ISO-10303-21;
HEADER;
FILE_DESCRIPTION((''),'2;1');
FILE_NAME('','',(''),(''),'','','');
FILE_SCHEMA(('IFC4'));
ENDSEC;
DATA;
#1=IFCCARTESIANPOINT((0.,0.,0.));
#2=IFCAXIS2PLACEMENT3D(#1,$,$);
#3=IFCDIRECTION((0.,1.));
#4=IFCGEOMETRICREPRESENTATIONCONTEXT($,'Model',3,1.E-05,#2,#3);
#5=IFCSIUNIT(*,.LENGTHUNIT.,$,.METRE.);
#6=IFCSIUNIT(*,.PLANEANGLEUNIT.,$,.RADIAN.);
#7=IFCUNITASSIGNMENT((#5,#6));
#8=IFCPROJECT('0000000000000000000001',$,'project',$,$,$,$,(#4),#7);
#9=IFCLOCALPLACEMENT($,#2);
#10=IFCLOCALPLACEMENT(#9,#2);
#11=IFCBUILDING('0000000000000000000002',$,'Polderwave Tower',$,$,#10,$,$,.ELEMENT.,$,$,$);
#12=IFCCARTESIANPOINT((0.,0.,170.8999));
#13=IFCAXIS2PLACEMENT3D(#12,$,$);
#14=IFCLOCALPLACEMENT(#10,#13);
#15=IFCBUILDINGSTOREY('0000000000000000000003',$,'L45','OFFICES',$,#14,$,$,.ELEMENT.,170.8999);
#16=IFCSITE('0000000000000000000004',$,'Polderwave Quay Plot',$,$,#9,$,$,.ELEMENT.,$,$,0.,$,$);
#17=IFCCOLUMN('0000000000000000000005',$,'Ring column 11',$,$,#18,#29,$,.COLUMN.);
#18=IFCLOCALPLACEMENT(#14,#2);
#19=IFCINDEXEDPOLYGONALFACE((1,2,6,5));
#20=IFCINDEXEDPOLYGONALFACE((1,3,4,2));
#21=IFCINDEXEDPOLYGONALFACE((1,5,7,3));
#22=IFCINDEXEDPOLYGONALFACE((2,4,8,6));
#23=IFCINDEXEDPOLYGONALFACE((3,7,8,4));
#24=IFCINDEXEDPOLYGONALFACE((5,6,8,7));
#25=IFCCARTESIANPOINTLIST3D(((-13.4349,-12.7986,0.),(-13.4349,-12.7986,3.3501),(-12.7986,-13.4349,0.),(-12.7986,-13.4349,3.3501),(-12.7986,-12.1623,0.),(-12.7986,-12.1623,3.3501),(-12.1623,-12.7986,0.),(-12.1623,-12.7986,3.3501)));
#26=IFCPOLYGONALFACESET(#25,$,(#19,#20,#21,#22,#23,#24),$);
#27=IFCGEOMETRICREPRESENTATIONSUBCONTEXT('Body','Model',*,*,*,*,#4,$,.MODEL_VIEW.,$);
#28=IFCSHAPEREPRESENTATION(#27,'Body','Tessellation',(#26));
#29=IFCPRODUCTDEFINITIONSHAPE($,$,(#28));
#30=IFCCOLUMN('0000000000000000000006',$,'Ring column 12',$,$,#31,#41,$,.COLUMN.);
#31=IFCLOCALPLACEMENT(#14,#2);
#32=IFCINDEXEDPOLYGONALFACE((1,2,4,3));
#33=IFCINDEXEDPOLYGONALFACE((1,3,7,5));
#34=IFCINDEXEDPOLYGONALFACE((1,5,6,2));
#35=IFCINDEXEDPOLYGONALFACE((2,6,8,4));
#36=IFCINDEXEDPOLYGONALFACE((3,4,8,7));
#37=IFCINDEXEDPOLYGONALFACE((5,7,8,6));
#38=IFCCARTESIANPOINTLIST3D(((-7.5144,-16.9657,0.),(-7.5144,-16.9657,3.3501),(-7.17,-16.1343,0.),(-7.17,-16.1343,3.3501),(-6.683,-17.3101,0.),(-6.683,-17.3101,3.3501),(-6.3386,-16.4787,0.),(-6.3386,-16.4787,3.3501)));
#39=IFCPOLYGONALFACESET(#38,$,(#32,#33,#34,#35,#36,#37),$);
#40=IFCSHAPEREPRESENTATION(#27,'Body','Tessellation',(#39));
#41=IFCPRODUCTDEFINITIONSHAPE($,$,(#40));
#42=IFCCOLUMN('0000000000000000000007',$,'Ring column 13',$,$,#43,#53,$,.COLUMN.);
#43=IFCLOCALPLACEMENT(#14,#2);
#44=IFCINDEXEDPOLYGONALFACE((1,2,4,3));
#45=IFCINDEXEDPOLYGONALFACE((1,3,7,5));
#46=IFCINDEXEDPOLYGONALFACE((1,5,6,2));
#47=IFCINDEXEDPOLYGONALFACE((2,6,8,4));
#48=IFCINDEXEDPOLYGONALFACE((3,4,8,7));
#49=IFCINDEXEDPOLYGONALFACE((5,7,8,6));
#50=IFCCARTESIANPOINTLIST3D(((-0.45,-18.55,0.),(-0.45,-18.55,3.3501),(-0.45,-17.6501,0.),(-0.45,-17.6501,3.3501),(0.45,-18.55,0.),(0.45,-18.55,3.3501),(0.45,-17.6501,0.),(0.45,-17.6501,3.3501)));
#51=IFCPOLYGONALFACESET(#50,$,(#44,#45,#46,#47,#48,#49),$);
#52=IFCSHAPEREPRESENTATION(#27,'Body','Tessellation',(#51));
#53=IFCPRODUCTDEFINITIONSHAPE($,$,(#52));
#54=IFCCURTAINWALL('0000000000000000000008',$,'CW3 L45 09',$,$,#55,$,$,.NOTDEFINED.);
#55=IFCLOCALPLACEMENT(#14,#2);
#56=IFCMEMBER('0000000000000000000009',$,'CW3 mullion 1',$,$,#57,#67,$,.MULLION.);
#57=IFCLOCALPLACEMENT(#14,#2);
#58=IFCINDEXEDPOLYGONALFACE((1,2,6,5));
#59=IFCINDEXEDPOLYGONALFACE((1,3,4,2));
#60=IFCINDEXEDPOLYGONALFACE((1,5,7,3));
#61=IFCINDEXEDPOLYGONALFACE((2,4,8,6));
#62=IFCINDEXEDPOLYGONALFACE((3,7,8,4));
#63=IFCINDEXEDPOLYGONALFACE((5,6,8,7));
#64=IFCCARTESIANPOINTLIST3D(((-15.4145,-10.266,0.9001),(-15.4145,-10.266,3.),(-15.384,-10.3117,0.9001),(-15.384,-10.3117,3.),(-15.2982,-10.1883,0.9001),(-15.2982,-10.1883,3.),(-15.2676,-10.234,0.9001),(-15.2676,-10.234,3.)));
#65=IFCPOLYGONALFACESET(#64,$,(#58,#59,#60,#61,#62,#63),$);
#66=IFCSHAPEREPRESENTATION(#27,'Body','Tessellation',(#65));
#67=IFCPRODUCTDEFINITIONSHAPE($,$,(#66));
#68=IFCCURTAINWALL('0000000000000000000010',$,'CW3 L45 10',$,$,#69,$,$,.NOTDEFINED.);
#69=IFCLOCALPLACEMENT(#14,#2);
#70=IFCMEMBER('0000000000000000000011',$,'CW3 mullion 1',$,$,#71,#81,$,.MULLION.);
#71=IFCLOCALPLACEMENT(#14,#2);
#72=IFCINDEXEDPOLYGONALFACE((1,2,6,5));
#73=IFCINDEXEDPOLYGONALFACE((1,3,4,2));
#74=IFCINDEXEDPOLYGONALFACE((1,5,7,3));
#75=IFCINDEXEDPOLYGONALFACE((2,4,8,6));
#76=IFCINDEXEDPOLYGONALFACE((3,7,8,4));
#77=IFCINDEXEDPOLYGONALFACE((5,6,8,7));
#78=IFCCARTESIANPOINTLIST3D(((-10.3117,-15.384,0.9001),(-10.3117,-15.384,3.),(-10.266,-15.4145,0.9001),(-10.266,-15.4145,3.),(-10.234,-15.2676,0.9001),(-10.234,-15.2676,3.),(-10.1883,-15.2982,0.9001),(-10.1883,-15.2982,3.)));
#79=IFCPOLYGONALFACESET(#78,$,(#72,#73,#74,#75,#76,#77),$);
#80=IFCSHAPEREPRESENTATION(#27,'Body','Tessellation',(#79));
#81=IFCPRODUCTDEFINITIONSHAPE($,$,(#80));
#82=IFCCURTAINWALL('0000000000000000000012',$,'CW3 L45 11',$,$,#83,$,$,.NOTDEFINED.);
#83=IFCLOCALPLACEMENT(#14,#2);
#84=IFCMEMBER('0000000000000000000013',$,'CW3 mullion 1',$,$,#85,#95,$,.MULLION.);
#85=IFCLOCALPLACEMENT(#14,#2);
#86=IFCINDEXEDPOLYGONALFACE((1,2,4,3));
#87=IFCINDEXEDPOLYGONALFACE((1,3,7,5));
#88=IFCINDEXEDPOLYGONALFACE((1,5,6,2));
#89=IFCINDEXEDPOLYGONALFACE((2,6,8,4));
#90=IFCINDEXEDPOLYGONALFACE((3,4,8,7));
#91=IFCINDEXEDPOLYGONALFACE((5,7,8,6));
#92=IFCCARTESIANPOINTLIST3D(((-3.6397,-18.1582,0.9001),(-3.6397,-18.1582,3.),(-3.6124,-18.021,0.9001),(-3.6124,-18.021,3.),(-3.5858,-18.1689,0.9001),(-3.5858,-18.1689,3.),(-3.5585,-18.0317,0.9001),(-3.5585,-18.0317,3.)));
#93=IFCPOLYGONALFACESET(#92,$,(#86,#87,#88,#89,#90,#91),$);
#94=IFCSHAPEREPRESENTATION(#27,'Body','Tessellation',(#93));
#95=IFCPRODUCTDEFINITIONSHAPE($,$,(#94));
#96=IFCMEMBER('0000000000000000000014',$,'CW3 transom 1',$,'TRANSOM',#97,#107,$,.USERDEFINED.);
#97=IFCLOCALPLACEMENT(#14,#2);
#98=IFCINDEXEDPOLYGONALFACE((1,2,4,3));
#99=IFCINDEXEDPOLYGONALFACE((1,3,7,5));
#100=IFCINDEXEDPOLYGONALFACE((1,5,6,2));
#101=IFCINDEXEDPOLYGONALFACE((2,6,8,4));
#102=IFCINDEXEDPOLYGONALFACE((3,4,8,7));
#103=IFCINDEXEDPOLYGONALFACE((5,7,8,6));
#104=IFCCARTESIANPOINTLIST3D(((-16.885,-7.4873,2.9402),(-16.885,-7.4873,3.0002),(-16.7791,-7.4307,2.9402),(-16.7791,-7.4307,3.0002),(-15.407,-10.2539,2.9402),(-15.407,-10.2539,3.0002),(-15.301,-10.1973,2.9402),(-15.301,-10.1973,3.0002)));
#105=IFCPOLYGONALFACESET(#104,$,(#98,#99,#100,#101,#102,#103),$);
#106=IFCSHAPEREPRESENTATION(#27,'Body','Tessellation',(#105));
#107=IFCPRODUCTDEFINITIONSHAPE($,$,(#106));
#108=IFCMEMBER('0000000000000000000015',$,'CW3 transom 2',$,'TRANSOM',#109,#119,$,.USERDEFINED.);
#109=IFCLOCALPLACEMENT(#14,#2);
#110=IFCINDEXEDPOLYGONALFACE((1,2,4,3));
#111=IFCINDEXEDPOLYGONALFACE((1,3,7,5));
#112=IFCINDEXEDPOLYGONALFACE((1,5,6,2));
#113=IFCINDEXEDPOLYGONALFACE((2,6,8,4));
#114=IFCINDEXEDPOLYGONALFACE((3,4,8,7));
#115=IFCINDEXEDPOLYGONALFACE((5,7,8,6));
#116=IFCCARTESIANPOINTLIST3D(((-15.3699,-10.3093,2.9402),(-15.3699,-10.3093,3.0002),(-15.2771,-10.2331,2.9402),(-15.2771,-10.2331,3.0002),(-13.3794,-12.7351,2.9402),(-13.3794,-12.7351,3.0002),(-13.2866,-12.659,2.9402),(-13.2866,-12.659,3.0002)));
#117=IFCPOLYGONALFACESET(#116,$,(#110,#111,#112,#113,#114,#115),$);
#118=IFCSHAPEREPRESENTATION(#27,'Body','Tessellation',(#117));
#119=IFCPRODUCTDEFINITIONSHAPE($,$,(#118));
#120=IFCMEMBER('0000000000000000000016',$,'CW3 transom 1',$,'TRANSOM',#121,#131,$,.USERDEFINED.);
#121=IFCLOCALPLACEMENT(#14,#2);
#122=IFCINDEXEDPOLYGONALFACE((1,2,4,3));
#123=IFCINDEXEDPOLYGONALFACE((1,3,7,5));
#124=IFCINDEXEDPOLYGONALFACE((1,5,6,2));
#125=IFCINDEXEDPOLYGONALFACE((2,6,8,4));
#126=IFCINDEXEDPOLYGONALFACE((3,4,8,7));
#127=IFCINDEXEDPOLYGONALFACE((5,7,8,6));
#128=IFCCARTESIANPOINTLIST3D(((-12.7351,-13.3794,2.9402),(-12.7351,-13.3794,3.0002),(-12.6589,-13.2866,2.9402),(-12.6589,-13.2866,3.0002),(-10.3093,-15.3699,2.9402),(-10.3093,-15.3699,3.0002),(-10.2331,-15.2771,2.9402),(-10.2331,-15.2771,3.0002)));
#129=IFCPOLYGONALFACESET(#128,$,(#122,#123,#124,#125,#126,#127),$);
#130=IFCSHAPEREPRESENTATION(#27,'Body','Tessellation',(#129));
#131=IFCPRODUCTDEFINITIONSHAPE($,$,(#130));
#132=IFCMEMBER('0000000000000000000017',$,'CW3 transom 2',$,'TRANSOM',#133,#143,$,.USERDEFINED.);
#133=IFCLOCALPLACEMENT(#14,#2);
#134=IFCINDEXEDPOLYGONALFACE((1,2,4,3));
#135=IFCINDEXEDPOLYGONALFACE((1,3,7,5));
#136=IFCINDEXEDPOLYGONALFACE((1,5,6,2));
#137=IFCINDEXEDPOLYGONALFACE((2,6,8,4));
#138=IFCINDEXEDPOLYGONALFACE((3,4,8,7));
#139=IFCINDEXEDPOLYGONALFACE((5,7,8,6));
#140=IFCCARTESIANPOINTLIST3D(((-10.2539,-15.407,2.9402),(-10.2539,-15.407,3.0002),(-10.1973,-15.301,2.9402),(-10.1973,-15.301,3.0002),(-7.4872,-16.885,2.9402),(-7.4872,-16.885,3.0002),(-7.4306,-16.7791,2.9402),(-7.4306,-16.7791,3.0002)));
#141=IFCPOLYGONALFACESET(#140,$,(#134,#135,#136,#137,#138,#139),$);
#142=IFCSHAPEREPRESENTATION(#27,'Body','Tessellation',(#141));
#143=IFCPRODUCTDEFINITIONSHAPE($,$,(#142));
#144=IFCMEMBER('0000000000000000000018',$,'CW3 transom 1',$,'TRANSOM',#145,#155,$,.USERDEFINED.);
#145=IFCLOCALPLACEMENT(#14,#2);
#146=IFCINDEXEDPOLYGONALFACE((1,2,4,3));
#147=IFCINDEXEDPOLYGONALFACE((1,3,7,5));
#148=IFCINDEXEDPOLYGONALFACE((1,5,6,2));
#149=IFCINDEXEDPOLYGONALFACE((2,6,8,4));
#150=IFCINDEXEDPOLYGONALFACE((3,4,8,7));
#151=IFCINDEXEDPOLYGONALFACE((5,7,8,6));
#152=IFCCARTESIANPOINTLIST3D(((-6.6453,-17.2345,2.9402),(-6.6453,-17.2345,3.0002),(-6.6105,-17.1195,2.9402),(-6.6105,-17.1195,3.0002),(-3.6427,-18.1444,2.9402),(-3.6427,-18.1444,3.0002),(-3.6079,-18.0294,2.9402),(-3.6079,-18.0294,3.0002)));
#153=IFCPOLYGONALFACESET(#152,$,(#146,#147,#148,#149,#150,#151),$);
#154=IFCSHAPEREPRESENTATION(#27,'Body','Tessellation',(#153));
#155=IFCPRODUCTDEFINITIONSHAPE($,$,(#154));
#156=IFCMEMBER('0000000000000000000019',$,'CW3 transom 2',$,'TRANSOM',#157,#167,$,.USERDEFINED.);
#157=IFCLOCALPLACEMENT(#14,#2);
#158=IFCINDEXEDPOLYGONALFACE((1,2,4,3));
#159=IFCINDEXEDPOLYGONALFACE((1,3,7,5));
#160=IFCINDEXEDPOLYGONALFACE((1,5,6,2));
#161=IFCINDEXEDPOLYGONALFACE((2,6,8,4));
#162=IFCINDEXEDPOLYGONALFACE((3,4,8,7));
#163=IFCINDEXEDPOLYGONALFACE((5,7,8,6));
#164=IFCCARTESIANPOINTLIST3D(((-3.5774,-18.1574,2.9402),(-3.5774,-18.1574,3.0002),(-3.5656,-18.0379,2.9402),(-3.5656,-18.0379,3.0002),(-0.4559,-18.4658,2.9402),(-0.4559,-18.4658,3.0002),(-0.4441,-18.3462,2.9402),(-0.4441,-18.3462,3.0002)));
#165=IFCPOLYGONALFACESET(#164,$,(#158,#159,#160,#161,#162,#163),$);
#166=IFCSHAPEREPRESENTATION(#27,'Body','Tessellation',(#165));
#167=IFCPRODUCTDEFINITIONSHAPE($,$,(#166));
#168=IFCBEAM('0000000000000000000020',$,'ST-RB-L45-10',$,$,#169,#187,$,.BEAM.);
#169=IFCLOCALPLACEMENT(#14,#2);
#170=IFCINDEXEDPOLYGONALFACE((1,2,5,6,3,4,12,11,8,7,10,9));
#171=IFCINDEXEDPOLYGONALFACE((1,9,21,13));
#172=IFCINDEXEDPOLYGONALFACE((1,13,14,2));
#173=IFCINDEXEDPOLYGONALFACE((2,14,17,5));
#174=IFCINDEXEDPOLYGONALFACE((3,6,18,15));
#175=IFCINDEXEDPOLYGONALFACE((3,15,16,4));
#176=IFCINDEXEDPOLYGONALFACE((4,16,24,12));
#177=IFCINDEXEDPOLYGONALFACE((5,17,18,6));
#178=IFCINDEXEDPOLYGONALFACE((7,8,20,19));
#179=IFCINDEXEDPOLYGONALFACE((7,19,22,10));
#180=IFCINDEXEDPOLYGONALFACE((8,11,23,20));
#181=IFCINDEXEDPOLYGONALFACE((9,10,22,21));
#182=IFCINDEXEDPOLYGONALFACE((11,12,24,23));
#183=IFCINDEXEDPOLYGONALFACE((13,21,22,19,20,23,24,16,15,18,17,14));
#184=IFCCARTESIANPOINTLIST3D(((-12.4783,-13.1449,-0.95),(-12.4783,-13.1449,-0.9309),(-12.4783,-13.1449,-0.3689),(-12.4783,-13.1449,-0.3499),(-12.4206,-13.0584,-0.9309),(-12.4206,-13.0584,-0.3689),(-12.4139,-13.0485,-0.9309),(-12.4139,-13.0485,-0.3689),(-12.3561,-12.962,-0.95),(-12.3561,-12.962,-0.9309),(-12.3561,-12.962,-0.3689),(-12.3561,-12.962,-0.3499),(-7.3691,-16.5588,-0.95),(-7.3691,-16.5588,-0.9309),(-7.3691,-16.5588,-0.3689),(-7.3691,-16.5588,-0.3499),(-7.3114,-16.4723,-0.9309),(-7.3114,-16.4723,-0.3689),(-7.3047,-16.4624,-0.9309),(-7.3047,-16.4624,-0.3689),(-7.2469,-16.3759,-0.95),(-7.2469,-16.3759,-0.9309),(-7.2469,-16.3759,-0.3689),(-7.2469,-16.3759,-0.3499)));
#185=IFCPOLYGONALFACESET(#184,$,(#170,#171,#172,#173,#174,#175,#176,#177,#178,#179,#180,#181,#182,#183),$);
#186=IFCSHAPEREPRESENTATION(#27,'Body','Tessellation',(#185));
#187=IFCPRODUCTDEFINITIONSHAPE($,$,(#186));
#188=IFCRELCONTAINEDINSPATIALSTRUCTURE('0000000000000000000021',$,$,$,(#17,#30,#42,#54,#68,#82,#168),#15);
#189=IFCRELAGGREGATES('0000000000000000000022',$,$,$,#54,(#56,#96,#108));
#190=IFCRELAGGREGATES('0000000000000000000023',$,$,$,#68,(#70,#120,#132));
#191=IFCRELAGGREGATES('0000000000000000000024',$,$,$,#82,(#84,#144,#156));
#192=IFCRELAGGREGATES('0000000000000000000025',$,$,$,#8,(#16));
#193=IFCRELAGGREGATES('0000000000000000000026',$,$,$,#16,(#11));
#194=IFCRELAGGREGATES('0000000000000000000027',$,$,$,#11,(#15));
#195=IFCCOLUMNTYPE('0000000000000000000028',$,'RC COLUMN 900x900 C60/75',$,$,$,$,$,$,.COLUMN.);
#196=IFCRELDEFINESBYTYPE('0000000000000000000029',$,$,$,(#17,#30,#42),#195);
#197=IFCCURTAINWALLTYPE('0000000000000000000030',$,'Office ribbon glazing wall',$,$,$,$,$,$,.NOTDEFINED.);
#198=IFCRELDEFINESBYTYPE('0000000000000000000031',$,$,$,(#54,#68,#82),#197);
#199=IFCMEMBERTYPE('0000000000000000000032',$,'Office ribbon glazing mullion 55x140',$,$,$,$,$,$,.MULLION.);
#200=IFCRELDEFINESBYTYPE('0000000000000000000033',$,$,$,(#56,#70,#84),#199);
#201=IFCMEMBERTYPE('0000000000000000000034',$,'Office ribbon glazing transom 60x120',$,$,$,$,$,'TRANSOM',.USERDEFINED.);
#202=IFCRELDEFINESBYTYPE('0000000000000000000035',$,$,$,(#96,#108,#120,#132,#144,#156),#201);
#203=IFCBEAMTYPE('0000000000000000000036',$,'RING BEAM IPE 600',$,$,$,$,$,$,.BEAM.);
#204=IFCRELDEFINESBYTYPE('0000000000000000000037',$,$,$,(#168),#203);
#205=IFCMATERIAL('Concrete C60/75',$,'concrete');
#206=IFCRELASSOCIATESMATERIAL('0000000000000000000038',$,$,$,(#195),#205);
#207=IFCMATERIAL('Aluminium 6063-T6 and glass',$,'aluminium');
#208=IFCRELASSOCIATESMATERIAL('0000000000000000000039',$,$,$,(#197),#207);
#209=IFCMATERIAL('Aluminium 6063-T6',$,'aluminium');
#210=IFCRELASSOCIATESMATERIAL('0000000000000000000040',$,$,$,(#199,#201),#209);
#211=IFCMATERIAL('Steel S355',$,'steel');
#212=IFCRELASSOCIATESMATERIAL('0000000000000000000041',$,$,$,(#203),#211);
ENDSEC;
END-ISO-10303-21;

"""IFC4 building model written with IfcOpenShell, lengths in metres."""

from ifc_helpers import new_model, si_unit, direction, frame, origin, origin_2d, place, context, subcontext, project, spatial, rectangle, i_section, extrude, material, material_profile, profile_set, type_object, element, aggregate, save


model = new_model("IFC4")

# Units and contexts
model_context = context("Model", 3, precision=1e-05, world=origin(), true_north=direction((0.0, 1.0)))
body_context = subcontext(model_context, "Body", "Model", "MODEL_VIEW")
ifc_project = project(units=[si_unit("LENGTHUNIT", "METRE"), si_unit("PLANEANGLEUNIT", "RADIAN")], contexts=[model_context])

# Site, building, storey
site_placement = place(None, origin())
site = spatial("IfcSite", under=ifc_project, at=site_placement, Name="Polderwave Quay Plot", CompositionType="ELEMENT", RefElevation=0.0)
building_placement = place(site_placement, origin())
building = spatial("IfcBuilding", under=site, at=building_placement, Name="Polderwave Tower", CompositionType="ELEMENT")
storey_placement = place(building_placement, frame((0.0, 0.0, 170.8999)))
storey = spatial("IfcBuildingStorey", under=building, at=storey_placement, Name="L45", Description="OFFICES", CompositionType="ELEMENT", Elevation=170.8999)

# Columns
ifc_material_1 = material(Name="Concrete C60/75", Category="concrete")
ifc_material_profile_1 = material_profile(ifc_material_1, rectangle(XDim=0.8999, YDim=0.8999, at=origin_2d()), Name="RC 900x900")
ifc_profile_set_1 = profile_set([ifc_material_profile_1], Name="Concrete C60/75")
column_type = type_object("IfcColumnType", Name="RC COLUMN 900x900 C60/75", PredefinedType="COLUMN", material=ifc_profile_set_1)
for number, where, z_axis, x_axis, name in (
    (1, (-12.7986, -12.7986, 0.0), (0.0, 0.0, 1.0), (-0.707107, -0.707107, 0.0), "Ring column 11"),
    (2, (-6.9265, -16.7222, 0.0), (0.0, 0.0, 1.0), (-0.382683, -0.92388, 0.0), "Ring column 12"),
    (3, (0.0, -18.1001, 0.0), (0.0, 0.0, 1.0), (0.0, -1.0, 0.0), "Ring column 13"),
):
    element("IfcColumn", number, at=place(storey_placement, frame(where, z_axis=z_axis, x_axis=x_axis)), inside=storey, type_object=column_type, Name=name, PredefinedType="COLUMN", context=body_context, shape_type="SweptSolid", body=[
        extrude(rectangle(XDim=0.8999, YDim=0.8999, at=origin_2d()), origin(), (0.0, 0.0, 1.0), 3.3501),
    ])

# Curtain walls, members
ifc_material_2 = material(Name="Aluminium 6063-T6 and glass", Category="aluminium")
curtain_wall_type = type_object("IfcCurtainWallType", Name="Office ribbon glazing wall", PredefinedType="NOTDEFINED", material=ifc_material_2)
curtain_wall_1_placement = place(storey_placement, origin())
curtain_wall_1 = element("IfcCurtainWall", 4, at=curtain_wall_1_placement, inside=storey, type_object=curtain_wall_type, Name="CW3 L45 09", PredefinedType="NOTDEFINED")
ifc_material_3 = material(Name="Aluminium 6063-T6", Category="aluminium")
ifc_material_profile_2 = material_profile(ifc_material_3, rectangle(XDim=0.1399, YDim=0.0549, at=origin_2d()), Name="AL 55x140")
ifc_profile_set_2 = profile_set([ifc_material_profile_2], Name="Aluminium 6063-T6")
member_type_1 = type_object("IfcMemberType", Name="Office ribbon glazing mullion 55x140", PredefinedType="MULLION", material=ifc_profile_set_2)
member_1_placement = place(storey_placement, frame((-15.3411, -10.25, 0.9001), z_axis=(0.0, 0.0, 1.0), x_axis=(0.831547, 0.555454, 0.0)))
member_1 = element("IfcMember", 5, at=member_1_placement, type_object=member_type_1, Name="CW3 mullion 1", PredefinedType="MULLION", context=body_context, shape_type="SweptSolid", body=[
    extrude(rectangle(XDim=0.1399, YDim=0.0549, at=origin_2d()), origin(), (0.0, 0.0, 1.0), 2.0999),
])
curtain_wall_2_placement = place(storey_placement, origin())
curtain_wall_2 = element("IfcCurtainWall", 6, at=curtain_wall_2_placement, inside=storey, type_object=curtain_wall_type, Name="CW3 L45 10", PredefinedType="NOTDEFINED")
member_2_placement = place(storey_placement, frame((-10.25, -15.3411, 0.9001), z_axis=(0.0, 0.0, 1.0), x_axis=(0.555454, 0.831547, 0.0)))
member_2 = element("IfcMember", 7, at=member_2_placement, type_object=member_type_1, Name="CW3 mullion 1", PredefinedType="MULLION", context=body_context, shape_type="SweptSolid", body=[
    extrude(rectangle(XDim=0.1399, YDim=0.0549, at=origin_2d()), origin(), (0.0, 0.0, 1.0), 2.0999),
])
curtain_wall_3_placement = place(storey_placement, origin())
curtain_wall_3 = element("IfcCurtainWall", 8, at=curtain_wall_3_placement, inside=storey, type_object=curtain_wall_type, Name="CW3 L45 11", PredefinedType="NOTDEFINED")
member_3_placement = place(storey_placement, frame((-3.5991, -18.095, 0.9001), z_axis=(0.0, 0.0, 1.0), x_axis=(0.195097, 0.980784, 0.0)))
member_3 = element("IfcMember", 9, at=member_3_placement, type_object=member_type_1, Name="CW3 mullion 1", PredefinedType="MULLION", context=body_context, shape_type="SweptSolid", body=[
    extrude(rectangle(XDim=0.1399, YDim=0.0549, at=origin_2d()), origin(), (0.0, 0.0, 1.0), 2.0999),
])

# Members
ifc_material_profile_3 = material_profile(ifc_material_3, rectangle(XDim=0.1201, YDim=0.0601, at=origin_2d()), Name="AL 60x120")
ifc_profile_set_3 = profile_set([ifc_material_profile_3], Name="Aluminium 6063-T6")
member_type_2 = type_object("IfcMemberType", Name="Office ribbon glazing transom 60x120", ElementType="TRANSOM", PredefinedType="USERDEFINED", material=ifc_profile_set_3)
member_4_placement = place(storey_placement, frame((-16.832, -7.459, 2.9702), z_axis=(0.47121, -0.882021, 0.0), x_axis=(0.882021, 0.47121, 0.0)))
member_4 = element("IfcMember", 10, at=member_4_placement, type_object=member_type_2, Name="CW3 transom 1", ObjectType="TRANSOM", PredefinedType="USERDEFINED", context=body_context, shape_type="SweptSolid", body=[
    extrude(rectangle(XDim=0.1201, YDim=0.0601, at=origin_2d()), origin(), (0.0, 0.0, 1.0), 3.1367),
])
member_5_placement = place(storey_placement, frame((-15.3235, -10.2712, 2.9702), z_axis=(0.634334, -0.773059, 0.0), x_axis=(0.773059, 0.634334, 0.0)))
member_5 = element("IfcMember", 11, at=member_5_placement, type_object=member_type_2, Name="CW3 transom 2", ObjectType="TRANSOM", PredefinedType="USERDEFINED", context=body_context, shape_type="SweptSolid", body=[
    extrude(rectangle(XDim=0.1201, YDim=0.0601, at=origin_2d()), origin(), (0.0, 0.0, 1.0), 3.1379),
])
member_6_placement = place(storey_placement, frame((-12.697, -13.333, 2.9702), z_axis=(0.773059, -0.634334, 0.0), x_axis=(0.634334, 0.773059, 0.0)))
member_6 = element("IfcMember", 12, at=member_6_placement, type_object=member_type_2, Name="CW3 transom 1", ObjectType="TRANSOM", PredefinedType="USERDEFINED", context=body_context, shape_type="SweptSolid", body=[
    extrude(rectangle(XDim=0.1201, YDim=0.0601, at=origin_2d()), origin(), (0.0, 0.0, 1.0), 3.1379),
])
member_7_placement = place(storey_placement, frame((-10.2256, -15.354, 2.9702), z_axis=(0.882021, -0.47121, 0.0), x_axis=(0.47121, 0.882021, 0.0)))
member_7 = element("IfcMember", 13, at=member_7_placement, type_object=member_type_2, Name="CW3 transom 2", ObjectType="TRANSOM", PredefinedType="USERDEFINED", context=body_context, shape_type="SweptSolid", body=[
    extrude(rectangle(XDim=0.1201, YDim=0.0601, at=origin_2d()), origin(), (0.0, 0.0, 1.0), 3.1367),
])
member_8_placement = place(storey_placement, frame((-6.6279, -17.177, 2.9702), z_axis=(0.957024, -0.29001, 0.0), x_axis=(0.29001, 0.957024, 0.0)))
member_8 = element("IfcMember", 14, at=member_8_placement, type_object=member_type_2, Name="CW3 transom 1", ObjectType="TRANSOM", PredefinedType="USERDEFINED", context=body_context, shape_type="SweptSolid", body=[
    extrude(rectangle(XDim=0.1201, YDim=0.0601, at=origin_2d()), origin(), (0.0, 0.0, 1.0), 3.1375),
])
member_9_placement = place(storey_placement, frame((-3.5715, -18.0977, 2.9702), z_axis=(0.995157, -0.098301, 0.0), x_axis=(0.098301, 0.995157, 0.0)))
member_9 = element("IfcMember", 15, at=member_9_placement, type_object=member_type_2, Name="CW3 transom 2", ObjectType="TRANSOM", PredefinedType="USERDEFINED", context=body_context, shape_type="SweptSolid", body=[
    extrude(rectangle(XDim=0.1201, YDim=0.0601, at=origin_2d()), origin(), (0.0, 0.0, 1.0), 3.1367),
])

# Beam
ifc_material_4 = material(Name="Steel S355", Category="steel")
ifc_material_profile_4 = material_profile(ifc_material_4, i_section(OverallWidth=0.22, OverallDepth=0.6001, WebThickness=0.012, FlangeThickness=0.019, at=origin_2d()), Name="IPE 600")
ifc_profile_set_4 = profile_set([ifc_material_profile_4], Name="Steel S355")
beam_type = type_object("IfcBeamType", Name="RING BEAM IPE 600", PredefinedType="BEAM", material=ifc_profile_set_4)
for number, where, z_axis, x_axis, name in (
    (16, (-12.4172, -13.0535, -0.6499), (0.831469, -0.555571, 0.0), (0.555571, 0.831469, 0.0), "ST-RB-L45-10"),
):
    element("IfcBeam", number, at=place(storey_placement, frame(where, z_axis=z_axis, x_axis=x_axis)), inside=storey, type_object=beam_type, Name=name, PredefinedType="BEAM", context=body_context, shape_type="SweptSolid", body=[
        extrude(i_section(OverallWidth=0.22, OverallDepth=0.6001, WebThickness=0.012, FlangeThickness=0.019, at=origin_2d()), origin(), (0.0, 0.0, 1.0), 6.1448),
    ])

aggregate(curtain_wall_1, [member_1, member_4, member_5])
aggregate(curtain_wall_2, [member_2, member_6, member_7])
aggregate(curtain_wall_3, [member_3, member_8, member_9])

save(model, "model.ifc")
